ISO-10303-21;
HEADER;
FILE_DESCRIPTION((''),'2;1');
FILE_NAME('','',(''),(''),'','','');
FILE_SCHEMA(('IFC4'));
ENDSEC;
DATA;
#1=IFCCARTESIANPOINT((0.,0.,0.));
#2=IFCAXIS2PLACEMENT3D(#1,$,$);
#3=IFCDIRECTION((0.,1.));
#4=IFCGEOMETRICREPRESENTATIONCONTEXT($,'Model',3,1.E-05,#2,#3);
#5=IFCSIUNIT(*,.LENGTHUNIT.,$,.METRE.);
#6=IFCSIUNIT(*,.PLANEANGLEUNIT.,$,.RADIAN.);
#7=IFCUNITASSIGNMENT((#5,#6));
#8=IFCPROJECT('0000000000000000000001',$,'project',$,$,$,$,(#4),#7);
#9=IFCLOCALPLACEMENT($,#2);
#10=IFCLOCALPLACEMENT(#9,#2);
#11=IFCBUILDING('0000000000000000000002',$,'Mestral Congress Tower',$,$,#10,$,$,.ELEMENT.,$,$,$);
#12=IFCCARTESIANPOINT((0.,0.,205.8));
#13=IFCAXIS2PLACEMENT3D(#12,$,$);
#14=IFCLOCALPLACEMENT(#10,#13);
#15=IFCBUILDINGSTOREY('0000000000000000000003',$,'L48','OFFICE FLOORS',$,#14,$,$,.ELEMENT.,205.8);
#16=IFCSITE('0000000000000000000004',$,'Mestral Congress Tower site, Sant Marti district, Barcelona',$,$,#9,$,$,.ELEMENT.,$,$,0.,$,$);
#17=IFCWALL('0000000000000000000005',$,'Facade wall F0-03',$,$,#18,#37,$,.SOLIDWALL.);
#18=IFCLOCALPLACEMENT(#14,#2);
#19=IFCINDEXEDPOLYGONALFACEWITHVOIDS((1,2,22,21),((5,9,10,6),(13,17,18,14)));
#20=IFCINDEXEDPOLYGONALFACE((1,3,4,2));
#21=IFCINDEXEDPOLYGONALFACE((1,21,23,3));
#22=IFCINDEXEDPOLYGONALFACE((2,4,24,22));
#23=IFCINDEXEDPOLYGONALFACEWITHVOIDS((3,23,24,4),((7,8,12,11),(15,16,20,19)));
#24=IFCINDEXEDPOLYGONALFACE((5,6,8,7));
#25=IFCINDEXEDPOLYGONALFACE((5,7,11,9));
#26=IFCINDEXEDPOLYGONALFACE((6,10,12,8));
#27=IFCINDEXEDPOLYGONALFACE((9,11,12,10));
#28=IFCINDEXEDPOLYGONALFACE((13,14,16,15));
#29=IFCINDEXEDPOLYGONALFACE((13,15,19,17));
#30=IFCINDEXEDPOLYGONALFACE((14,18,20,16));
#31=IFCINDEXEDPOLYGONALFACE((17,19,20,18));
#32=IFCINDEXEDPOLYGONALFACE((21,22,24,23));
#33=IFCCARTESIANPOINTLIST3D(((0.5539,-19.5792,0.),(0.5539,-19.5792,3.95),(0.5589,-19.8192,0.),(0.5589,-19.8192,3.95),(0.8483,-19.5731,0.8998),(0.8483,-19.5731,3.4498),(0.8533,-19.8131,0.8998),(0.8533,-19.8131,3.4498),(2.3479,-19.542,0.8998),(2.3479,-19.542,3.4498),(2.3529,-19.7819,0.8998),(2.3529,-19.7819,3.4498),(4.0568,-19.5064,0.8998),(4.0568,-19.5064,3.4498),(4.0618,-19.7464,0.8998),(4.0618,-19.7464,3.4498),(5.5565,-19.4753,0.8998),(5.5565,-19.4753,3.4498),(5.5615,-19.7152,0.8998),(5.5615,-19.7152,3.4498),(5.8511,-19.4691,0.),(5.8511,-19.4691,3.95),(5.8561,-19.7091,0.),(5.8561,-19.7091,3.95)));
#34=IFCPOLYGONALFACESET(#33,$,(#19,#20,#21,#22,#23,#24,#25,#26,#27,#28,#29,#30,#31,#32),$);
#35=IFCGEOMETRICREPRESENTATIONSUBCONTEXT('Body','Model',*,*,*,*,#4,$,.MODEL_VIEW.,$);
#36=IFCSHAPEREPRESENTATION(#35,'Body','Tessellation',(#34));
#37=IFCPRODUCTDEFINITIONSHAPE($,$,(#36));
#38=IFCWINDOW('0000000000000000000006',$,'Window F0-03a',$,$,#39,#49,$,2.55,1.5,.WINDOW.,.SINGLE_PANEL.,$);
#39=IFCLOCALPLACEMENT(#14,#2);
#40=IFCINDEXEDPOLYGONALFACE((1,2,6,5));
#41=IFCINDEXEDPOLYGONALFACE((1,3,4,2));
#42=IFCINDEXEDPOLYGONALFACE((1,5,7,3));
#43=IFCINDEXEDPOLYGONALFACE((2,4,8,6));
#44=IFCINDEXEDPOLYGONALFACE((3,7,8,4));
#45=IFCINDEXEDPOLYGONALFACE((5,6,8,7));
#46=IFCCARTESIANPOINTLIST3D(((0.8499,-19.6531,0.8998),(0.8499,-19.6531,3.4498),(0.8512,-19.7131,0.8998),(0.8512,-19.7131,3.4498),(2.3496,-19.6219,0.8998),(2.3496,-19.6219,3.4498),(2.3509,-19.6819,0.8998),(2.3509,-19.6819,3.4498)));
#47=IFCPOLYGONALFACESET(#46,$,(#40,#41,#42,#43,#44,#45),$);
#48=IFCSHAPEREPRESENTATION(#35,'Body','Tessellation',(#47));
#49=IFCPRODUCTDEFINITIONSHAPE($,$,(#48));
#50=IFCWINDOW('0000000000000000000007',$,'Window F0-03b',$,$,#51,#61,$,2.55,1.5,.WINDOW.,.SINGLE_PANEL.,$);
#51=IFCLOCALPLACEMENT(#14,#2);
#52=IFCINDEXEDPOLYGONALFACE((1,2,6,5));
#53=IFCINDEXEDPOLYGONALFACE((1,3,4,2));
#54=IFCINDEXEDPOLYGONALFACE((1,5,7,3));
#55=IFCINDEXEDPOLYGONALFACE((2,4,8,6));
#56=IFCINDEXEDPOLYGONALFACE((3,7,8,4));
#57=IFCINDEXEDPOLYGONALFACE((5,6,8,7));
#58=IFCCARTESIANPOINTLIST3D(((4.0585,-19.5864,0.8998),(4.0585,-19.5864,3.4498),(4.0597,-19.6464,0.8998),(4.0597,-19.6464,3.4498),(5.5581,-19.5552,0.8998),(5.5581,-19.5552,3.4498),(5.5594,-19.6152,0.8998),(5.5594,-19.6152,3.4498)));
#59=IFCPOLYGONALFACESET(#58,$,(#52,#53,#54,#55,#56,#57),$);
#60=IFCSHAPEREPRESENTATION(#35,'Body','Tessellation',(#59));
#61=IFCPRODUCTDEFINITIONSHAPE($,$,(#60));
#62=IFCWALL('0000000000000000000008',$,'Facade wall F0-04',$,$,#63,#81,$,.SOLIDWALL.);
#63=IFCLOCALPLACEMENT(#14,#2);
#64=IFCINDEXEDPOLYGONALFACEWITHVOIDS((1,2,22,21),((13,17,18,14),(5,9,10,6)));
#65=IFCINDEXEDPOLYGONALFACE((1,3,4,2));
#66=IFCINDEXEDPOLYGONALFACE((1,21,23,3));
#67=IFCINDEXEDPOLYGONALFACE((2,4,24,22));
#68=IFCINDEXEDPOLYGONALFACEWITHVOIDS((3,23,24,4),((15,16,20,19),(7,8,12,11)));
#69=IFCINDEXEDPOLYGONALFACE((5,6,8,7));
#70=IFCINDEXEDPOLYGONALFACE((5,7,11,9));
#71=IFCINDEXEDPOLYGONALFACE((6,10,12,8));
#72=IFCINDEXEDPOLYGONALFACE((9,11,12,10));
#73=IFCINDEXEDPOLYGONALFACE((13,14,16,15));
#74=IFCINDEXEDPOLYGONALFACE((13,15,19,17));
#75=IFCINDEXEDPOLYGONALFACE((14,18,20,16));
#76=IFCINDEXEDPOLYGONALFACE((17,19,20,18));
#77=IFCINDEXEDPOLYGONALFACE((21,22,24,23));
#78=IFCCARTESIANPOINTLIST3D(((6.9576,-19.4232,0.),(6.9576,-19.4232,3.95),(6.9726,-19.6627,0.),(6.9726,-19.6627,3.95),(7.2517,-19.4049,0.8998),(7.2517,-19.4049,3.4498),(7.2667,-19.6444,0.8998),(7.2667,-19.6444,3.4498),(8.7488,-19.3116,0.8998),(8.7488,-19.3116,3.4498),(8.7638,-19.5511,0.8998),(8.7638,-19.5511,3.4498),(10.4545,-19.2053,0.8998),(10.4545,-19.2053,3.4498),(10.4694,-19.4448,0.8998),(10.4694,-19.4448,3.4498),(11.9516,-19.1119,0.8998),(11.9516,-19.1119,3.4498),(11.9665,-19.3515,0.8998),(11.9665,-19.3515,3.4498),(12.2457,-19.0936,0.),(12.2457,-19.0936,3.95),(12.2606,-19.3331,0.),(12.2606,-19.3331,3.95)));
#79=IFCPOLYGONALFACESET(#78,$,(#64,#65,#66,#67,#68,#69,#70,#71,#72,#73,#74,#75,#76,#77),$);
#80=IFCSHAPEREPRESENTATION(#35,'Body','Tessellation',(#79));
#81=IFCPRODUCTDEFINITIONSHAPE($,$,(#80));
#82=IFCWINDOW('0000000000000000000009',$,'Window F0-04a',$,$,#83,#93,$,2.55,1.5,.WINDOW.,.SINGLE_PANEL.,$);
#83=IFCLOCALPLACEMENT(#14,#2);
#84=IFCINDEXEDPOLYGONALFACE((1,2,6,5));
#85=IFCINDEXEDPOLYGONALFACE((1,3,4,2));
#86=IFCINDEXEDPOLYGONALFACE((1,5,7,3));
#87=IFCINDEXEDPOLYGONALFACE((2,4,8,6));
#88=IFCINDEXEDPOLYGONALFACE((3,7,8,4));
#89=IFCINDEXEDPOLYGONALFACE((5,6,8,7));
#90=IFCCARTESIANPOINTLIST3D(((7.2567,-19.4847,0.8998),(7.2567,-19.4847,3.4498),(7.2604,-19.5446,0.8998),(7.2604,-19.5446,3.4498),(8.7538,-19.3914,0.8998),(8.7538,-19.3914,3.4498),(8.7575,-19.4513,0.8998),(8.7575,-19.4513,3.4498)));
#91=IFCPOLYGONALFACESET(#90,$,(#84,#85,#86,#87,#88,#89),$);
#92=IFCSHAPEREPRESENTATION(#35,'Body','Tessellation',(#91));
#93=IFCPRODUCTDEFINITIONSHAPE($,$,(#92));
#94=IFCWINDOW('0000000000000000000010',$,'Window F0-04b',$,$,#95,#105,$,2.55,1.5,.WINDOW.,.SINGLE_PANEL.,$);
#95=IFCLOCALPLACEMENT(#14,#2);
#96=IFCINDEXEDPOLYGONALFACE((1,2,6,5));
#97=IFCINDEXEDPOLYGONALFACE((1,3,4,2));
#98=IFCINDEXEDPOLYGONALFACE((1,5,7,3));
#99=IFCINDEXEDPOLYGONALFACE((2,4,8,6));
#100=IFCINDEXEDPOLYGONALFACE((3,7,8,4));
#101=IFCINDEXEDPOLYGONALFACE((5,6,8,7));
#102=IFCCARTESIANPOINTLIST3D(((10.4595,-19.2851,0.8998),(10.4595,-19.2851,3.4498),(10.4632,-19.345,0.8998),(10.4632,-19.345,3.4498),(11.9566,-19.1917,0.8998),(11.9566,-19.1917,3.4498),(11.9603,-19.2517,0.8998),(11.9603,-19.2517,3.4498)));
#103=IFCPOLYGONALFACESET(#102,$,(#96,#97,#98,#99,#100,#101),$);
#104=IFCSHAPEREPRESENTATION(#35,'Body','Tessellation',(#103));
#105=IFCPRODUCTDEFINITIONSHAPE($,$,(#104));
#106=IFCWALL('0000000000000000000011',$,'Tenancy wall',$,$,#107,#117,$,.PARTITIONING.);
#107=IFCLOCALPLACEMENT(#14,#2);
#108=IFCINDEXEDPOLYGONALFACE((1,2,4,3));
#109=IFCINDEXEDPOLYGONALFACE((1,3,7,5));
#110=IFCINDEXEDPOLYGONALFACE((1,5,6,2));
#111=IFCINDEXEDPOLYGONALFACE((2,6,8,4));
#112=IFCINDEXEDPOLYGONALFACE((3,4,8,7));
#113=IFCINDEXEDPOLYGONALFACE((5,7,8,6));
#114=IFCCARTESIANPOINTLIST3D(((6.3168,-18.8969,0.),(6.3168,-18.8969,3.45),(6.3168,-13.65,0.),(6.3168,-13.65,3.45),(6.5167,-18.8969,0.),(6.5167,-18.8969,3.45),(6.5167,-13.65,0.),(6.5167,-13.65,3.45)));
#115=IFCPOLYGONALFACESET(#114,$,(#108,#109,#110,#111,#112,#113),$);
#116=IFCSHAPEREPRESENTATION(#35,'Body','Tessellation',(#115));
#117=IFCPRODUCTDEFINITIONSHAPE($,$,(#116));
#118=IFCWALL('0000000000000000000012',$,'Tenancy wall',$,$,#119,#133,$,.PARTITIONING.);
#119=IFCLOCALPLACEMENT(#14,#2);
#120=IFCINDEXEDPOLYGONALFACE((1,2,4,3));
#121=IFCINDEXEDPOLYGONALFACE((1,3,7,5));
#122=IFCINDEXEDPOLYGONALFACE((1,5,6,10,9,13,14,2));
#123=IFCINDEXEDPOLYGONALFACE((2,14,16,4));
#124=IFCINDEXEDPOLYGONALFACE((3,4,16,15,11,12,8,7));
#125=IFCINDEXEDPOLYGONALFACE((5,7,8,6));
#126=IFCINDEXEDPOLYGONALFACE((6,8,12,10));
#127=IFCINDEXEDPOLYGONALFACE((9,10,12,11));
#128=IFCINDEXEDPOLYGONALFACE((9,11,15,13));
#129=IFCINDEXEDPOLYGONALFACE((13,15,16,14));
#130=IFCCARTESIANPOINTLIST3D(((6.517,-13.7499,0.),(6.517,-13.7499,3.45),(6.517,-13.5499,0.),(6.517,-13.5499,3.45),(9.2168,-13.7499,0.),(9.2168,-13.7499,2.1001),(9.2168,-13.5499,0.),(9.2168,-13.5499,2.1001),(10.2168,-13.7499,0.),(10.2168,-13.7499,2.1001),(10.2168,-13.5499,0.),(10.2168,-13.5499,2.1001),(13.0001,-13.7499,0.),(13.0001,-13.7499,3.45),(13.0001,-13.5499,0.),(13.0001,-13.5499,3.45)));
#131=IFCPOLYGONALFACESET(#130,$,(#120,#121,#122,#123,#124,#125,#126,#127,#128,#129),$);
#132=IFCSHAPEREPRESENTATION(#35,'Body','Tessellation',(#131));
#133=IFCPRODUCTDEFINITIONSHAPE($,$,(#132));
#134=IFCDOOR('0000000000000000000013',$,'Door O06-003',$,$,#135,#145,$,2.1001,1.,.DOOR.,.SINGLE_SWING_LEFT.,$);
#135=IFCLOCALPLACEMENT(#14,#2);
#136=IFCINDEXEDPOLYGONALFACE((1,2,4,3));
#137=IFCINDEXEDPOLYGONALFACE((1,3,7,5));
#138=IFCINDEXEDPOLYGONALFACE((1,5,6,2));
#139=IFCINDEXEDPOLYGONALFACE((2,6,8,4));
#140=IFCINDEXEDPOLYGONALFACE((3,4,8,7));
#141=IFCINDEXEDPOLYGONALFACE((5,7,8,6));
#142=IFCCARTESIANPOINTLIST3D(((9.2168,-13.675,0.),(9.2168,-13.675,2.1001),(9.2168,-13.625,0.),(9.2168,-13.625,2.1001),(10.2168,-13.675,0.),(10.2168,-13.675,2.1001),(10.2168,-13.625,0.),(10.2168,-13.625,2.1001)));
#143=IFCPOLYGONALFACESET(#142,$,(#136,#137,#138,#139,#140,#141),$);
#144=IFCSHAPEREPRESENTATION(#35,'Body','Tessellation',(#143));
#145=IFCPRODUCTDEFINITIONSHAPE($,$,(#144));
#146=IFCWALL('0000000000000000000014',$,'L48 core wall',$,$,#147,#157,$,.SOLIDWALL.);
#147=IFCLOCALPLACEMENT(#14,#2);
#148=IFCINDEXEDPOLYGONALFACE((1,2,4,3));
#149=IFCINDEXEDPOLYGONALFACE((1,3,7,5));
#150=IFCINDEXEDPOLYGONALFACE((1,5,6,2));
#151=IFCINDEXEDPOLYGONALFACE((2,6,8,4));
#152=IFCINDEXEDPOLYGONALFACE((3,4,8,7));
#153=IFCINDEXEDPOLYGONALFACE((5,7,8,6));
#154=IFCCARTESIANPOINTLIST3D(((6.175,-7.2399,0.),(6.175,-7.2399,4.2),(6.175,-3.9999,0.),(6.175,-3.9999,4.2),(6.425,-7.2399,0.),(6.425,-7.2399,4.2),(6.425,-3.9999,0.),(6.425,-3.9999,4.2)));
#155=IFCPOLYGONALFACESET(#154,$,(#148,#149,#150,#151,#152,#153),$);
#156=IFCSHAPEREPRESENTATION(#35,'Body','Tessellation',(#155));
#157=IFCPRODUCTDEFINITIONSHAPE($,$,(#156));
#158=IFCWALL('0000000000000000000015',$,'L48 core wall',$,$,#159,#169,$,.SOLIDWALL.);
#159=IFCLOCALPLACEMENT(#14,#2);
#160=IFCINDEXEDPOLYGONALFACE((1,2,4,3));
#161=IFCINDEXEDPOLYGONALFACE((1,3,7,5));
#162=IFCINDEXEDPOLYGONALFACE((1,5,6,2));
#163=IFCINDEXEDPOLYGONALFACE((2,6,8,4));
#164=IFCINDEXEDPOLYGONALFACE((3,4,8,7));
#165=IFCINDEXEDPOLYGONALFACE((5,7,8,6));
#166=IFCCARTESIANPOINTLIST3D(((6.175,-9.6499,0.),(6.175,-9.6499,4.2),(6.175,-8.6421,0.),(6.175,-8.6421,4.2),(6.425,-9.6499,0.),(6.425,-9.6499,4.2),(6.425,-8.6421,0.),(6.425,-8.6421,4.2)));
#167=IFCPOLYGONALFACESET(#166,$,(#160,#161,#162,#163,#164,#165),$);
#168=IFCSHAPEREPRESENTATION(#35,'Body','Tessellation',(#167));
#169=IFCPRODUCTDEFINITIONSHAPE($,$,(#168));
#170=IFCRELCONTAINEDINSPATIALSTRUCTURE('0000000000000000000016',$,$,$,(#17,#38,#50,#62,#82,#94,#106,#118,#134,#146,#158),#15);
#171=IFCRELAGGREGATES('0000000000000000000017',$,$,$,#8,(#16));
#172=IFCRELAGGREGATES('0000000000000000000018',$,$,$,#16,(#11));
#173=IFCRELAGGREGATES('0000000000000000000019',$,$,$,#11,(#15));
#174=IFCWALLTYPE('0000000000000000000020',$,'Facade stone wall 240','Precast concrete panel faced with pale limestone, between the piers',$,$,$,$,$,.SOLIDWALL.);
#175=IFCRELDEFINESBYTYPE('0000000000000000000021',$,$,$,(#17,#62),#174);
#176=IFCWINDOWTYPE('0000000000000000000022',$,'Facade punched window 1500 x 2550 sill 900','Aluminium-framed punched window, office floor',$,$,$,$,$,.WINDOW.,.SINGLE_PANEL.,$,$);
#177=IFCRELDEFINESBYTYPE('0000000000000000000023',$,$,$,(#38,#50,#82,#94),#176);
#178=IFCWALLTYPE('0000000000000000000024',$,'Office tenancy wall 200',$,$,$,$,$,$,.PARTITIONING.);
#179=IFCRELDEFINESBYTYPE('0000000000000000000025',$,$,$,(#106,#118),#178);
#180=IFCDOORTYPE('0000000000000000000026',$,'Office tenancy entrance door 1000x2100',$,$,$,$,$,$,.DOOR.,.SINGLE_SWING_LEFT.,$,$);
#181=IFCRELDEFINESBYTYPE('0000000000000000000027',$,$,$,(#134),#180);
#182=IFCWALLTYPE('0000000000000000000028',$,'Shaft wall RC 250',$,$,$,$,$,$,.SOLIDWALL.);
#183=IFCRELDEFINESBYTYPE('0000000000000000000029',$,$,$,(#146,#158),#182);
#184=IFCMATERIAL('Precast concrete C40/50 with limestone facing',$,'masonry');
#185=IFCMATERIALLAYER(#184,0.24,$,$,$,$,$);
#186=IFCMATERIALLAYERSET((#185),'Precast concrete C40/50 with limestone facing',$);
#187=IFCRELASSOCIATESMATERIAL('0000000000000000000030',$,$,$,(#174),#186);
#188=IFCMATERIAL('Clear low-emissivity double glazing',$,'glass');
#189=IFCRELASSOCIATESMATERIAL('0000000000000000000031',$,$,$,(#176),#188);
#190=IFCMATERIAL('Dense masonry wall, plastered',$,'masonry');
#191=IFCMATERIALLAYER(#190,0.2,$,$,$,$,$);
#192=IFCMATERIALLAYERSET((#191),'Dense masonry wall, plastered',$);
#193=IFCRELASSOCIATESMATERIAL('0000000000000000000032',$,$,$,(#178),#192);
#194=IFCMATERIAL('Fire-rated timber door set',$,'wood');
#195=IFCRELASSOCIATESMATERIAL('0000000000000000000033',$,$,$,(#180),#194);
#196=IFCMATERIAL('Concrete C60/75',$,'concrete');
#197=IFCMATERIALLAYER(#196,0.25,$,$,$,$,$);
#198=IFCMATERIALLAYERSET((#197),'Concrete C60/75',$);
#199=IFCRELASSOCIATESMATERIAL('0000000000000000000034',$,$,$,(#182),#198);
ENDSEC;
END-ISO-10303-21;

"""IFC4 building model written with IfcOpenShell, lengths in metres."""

from ifc_helpers import new_model, si_unit, direction, frame, frame_2d, origin, place, context, subcontext, project, spatial, rectangle, extrude, material, layer, layer_set, type_object, element, fill, save


model = new_model("IFC4")

# Units and contexts
model_context = context("Model", 3, precision=1e-05, world=origin(), true_north=direction((0.0, 1.0)))
body_context = subcontext(model_context, "Body", "Model", "MODEL_VIEW")
ifc_project = project(units=[si_unit("LENGTHUNIT", "METRE"), si_unit("PLANEANGLEUNIT", "RADIAN")], contexts=[model_context])

# Site, building, storey
site_placement = place(None, origin())
site = spatial("IfcSite", under=ifc_project, at=site_placement, Name="Mestral Congress Tower site, Sant Marti district, Barcelona", CompositionType="ELEMENT", RefElevation=0.0)
building_placement = place(site_placement, origin())
building = spatial("IfcBuilding", under=site, at=building_placement, Name="Mestral Congress Tower", CompositionType="ELEMENT")
storey_placement = place(building_placement, frame((0.0, 0.0, 205.8)))
storey = spatial("IfcBuildingStorey", under=building, at=storey_placement, Name="L48", Description="OFFICE FLOORS", CompositionType="ELEMENT", Elevation=205.8)

# Shared definitions
ifc_material_1 = material(Name="Concrete C60/75", Category="concrete")

# Walls, openings, windows
ifc_material_2 = material(Name="Precast concrete C40/50 with limestone facing", Category="masonry")
ifc_layer_1 = layer(ifc_material_2, 0.24)
ifc_layer_set_1 = layer_set([ifc_layer_1], Name="Precast concrete C40/50 with limestone facing")
wall_type_1 = type_object("IfcWallType", Name="Facade stone wall 240", Description="Precast concrete panel faced with pale limestone, between the piers", PredefinedType="SOLIDWALL", material=ifc_layer_set_1)
wall_1_placement = place(storey_placement, frame((0.5564, -19.6992, 0.0), z_axis=(0.0, 0.0, 1.0), x_axis=(0.999784, 0.020782, 0.0)))
wall_1 = element("IfcWall", 1, at=wall_1_placement, inside=storey, type_object=wall_type_1, Name="Facade wall F0-03", PredefinedType="SOLIDWALL", context=body_context, shape_type="SweptSolid", body=[
    extrude(rectangle(XDim=5.2983, YDim=0.24, at=frame_2d((2.6492, 0.0))), origin(), (0.0, 0.0, 1.0), 3.95),
])
opening_1_placement = place(wall_1_placement, frame((0.2944, 0.0, 0.8999)))
opening_1 = element("IfcOpeningElement", 2, at=opening_1_placement, cuts=wall_1, PredefinedType="OPENING", context=body_context, shape_type="SweptSolid", body=[
    extrude(rectangle(XDim=1.5, YDim=2.55, at=frame_2d((0.75, 1.2749))), frame((0.0, 0.1299, 0.0), z_axis=(0.0, -1.0, 0.0), x_axis=(1.0, 0.0, 0.0)), (0.0, 0.0, 1.0), 0.26),
])
opening_2_placement = place(wall_1_placement, frame((3.5037, 0.0, 0.8999)))
opening_2 = element("IfcOpeningElement", 3, at=opening_2_placement, cuts=wall_1, PredefinedType="OPENING", context=body_context, shape_type="SweptSolid", body=[
    extrude(rectangle(XDim=1.5, YDim=2.55, at=frame_2d((0.75, 1.2749))), frame((0.0, 0.1299, 0.0), z_axis=(0.0, -1.0, 0.0), x_axis=(1.0, 0.0, 0.0)), (0.0, 0.0, 1.0), 0.26),
])
ifc_material_3 = material(Name="Clear low-emissivity double glazing", Category="glass")
window_type = type_object("IfcWindowType", Name="Facade punched window 1500 x 2550 sill 900", Description="Aluminium-framed punched window, office floor", PartitioningType="SINGLE_PANEL", PredefinedType="WINDOW", material=ifc_material_3)
window_1_placement = place(opening_1_placement, origin())
window_1 = element("IfcWindow", 4, at=window_1_placement, inside=storey, type_object=window_type, Name="Window F0-03a", OverallHeight=2.55, OverallWidth=1.5, PartitioningType="SINGLE_PANEL", PredefinedType="WINDOW", context=body_context, shape_type="SweptSolid", body=[
    extrude(rectangle(XDim=1.5, YDim=2.55, at=frame_2d((0.75, 1.2749))), frame((0.0, 0.04, 0.0), z_axis=(0.0, -1.0, 0.0), x_axis=(1.0, 0.0, 0.0)), (0.0, 0.0, 1.0), 0.0601),
])
fill(opening_1, window_1)
window_2_placement = place(opening_2_placement, origin())
window_2 = element("IfcWindow", 5, at=window_2_placement, inside=storey, type_object=window_type, Name="Window F0-03b", OverallHeight=2.55, OverallWidth=1.5, PartitioningType="SINGLE_PANEL", PredefinedType="WINDOW", context=body_context, shape_type="SweptSolid", body=[
    extrude(rectangle(XDim=1.5, YDim=2.55, at=frame_2d((0.75, 1.2749))), frame((0.0, 0.04, 0.0), z_axis=(0.0, -1.0, 0.0), x_axis=(1.0, 0.0, 0.0)), (0.0, 0.0, 1.0), 0.0601),
])
fill(opening_2, window_2)
wall_2_placement = place(storey_placement, frame((6.9651, -19.543, 0.0), z_axis=(0.0, 0.0, 1.0), x_axis=(0.998063, 0.062206, 0.0)))
wall_2 = element("IfcWall", 6, at=wall_2_placement, inside=storey, type_object=wall_type_1, Name="Facade wall F0-04", PredefinedType="SOLIDWALL", context=body_context, shape_type="SweptSolid", body=[
    extrude(rectangle(XDim=5.2983, YDim=0.24, at=frame_2d((2.6492, 0.0))), origin(), (0.0, 0.0, 1.0), 3.95),
])
opening_3_placement = place(wall_2_placement, frame((0.2947, 0.0, 0.8999)))
opening_3 = element("IfcOpeningElement", 7, at=opening_3_placement, cuts=wall_2, PredefinedType="OPENING", context=body_context, shape_type="SweptSolid", body=[
    extrude(rectangle(XDim=1.5, YDim=2.55, at=frame_2d((0.75, 1.2749))), frame((0.0, 0.1299, 0.0), z_axis=(0.0, -1.0, 0.0), x_axis=(1.0, 0.0, 0.0)), (0.0, 0.0, 1.0), 0.26),
])
opening_4_placement = place(wall_2_placement, frame((3.5037, 0.0, 0.8999)))
opening_4 = element("IfcOpeningElement", 8, at=opening_4_placement, cuts=wall_2, PredefinedType="OPENING", context=body_context, shape_type="SweptSolid", body=[
    extrude(rectangle(XDim=1.5, YDim=2.55, at=frame_2d((0.75, 1.2749))), frame((0.0, 0.1299, 0.0), z_axis=(0.0, -1.0, 0.0), x_axis=(1.0, 0.0, 0.0)), (0.0, 0.0, 1.0), 0.26),
])
window_3_placement = place(opening_3_placement, origin())
window_3 = element("IfcWindow", 9, at=window_3_placement, inside=storey, type_object=window_type, Name="Window F0-04a", OverallHeight=2.55, OverallWidth=1.5, PartitioningType="SINGLE_PANEL", PredefinedType="WINDOW", context=body_context, shape_type="SweptSolid", body=[
    extrude(rectangle(XDim=1.5, YDim=2.55, at=frame_2d((0.75, 1.2749))), frame((0.0, 0.04, 0.0), z_axis=(0.0, -1.0, 0.0), x_axis=(1.0, 0.0, 0.0)), (0.0, 0.0, 1.0), 0.0601),
])
fill(opening_3, window_3)
window_4_placement = place(opening_4_placement, origin())
window_4 = element("IfcWindow", 10, at=window_4_placement, inside=storey, type_object=window_type, Name="Window F0-04b", OverallHeight=2.55, OverallWidth=1.5, PartitioningType="SINGLE_PANEL", PredefinedType="WINDOW", context=body_context, shape_type="SweptSolid", body=[
    extrude(rectangle(XDim=1.5, YDim=2.55, at=frame_2d((0.75, 1.2749))), frame((0.0, 0.04, 0.0), z_axis=(0.0, -1.0, 0.0), x_axis=(1.0, 0.0, 0.0)), (0.0, 0.0, 1.0), 0.0601),
])
fill(opening_4, window_4)

# Wall
ifc_material_4 = material(Name="Dense masonry wall, plastered", Category="masonry")
ifc_layer_2 = layer(ifc_material_4, 0.2)
ifc_layer_set_2 = layer_set([ifc_layer_2], Name="Dense masonry wall, plastered")
wall_type_2 = type_object("IfcWallType", Name="Office tenancy wall 200", PredefinedType="PARTITIONING", material=ifc_layer_set_2)
wall_3_placement = place(storey_placement, frame((6.4167, -13.6499, 0.0), z_axis=(0.0, 0.0, 1.0), x_axis=(0.0, -1.0, 0.0)))
element("IfcWall", 11, at=wall_3_placement, inside=storey, type_object=wall_type_2, Name="Tenancy wall", PredefinedType="PARTITIONING", context=body_context, shape_type="SweptSolid", body=[
    extrude(rectangle(XDim=5.2468, YDim=0.2, at=frame_2d((2.6235, 0.0))), origin(), (0.0, 0.0, 1.0), 3.45),
])

# Wall, opening, door
wall_4_placement = place(storey_placement, frame((6.5168, -13.6499, 0.0), z_axis=(0.0, 0.0, 1.0), x_axis=(1.0, 0.0, 0.0)))
wall_4 = element("IfcWall", 12, at=wall_4_placement, inside=storey, type_object=wall_type_2, Name="Tenancy wall", PredefinedType="PARTITIONING", context=body_context, shape_type="SweptSolid", body=[
    extrude(rectangle(XDim=6.4832, YDim=0.2, at=frame_2d((3.2417, 0.0))), origin(), (0.0, 0.0, 1.0), 3.45),
])
opening_5_placement = place(wall_4_placement, frame((2.7, 0.0, 0.0)))
opening_5 = element("IfcOpeningElement", 13, at=opening_5_placement, cuts=wall_4, PredefinedType="OPENING", context=body_context, shape_type="SweptSolid", body=[
    extrude(rectangle(XDim=1.0, YDim=2.1001, at=frame_2d((0.5, 1.05))), frame((0.0, 0.1099, 0.0), z_axis=(0.0, -1.0, 0.0), x_axis=(1.0, 0.0, 0.0)), (0.0, 0.0, 1.0), 0.22),
])
ifc_material_5 = material(Name="Fire-rated timber door set", Category="wood")
door_type_1 = type_object("IfcDoorType", Name="Office tenancy entrance door 1000x2100", OperationType="SINGLE_SWING_LEFT", PredefinedType="DOOR", material=ifc_material_5)
door_1_placement = place(opening_5_placement, origin())
door_1 = element("IfcDoor", 14, at=door_1_placement, inside=storey, type_object=door_type_1, Name="Door O06-003", OperationType="SINGLE_SWING_LEFT", OverallHeight=2.1001, OverallWidth=1.0, PredefinedType="DOOR", context=body_context, shape_type="SweptSolid", body=[
    extrude(rectangle(XDim=1.0, YDim=2.1001, at=frame_2d((0.5, 1.05))), frame((0.0, 0.0249, 0.0), z_axis=(0.0, -1.0, 0.0), x_axis=(1.0, 0.0, 0.0)), (0.0, 0.0, 1.0), 0.05),
])
fill(opening_5, door_1)

# Walls
ifc_layer_3 = layer(ifc_material_1, 0.25)
ifc_layer_set_3 = layer_set([ifc_layer_3], Name="Concrete C60/75")
wall_type_3 = type_object("IfcWallType", Name="Shaft wall RC 250", PredefinedType="SOLIDWALL", material=ifc_layer_set_3)
wall_5_placement = place(storey_placement, frame((6.3, -7.24, 0.0), z_axis=(0.0, 0.0, 1.0), x_axis=(0.0, 1.0, 0.0)))
element("IfcWall", 15, at=wall_5_placement, inside=storey, type_object=wall_type_3, Name="L48 core wall", PredefinedType="SOLIDWALL", context=body_context, shape_type="SweptSolid", body=[
    extrude(rectangle(XDim=3.24, YDim=0.25, at=frame_2d((1.6201, 0.0))), origin(), (0.0, 0.0, 1.0), 4.2),
])
wall_6_placement = place(storey_placement, frame((6.3, -9.6499, 0.0), z_axis=(0.0, 0.0, 1.0), x_axis=(0.0, 1.0, 0.0)))
element("IfcWall", 16, at=wall_6_placement, inside=storey, type_object=wall_type_3, Name="L48 core wall", PredefinedType="SOLIDWALL", context=body_context, shape_type="SweptSolid", body=[
    extrude(rectangle(XDim=1.0078, YDim=0.25, at=frame_2d((0.5039, 0.0))), origin(), (0.0, 0.0, 1.0), 4.2),
])

save(model, "model.ifc")
